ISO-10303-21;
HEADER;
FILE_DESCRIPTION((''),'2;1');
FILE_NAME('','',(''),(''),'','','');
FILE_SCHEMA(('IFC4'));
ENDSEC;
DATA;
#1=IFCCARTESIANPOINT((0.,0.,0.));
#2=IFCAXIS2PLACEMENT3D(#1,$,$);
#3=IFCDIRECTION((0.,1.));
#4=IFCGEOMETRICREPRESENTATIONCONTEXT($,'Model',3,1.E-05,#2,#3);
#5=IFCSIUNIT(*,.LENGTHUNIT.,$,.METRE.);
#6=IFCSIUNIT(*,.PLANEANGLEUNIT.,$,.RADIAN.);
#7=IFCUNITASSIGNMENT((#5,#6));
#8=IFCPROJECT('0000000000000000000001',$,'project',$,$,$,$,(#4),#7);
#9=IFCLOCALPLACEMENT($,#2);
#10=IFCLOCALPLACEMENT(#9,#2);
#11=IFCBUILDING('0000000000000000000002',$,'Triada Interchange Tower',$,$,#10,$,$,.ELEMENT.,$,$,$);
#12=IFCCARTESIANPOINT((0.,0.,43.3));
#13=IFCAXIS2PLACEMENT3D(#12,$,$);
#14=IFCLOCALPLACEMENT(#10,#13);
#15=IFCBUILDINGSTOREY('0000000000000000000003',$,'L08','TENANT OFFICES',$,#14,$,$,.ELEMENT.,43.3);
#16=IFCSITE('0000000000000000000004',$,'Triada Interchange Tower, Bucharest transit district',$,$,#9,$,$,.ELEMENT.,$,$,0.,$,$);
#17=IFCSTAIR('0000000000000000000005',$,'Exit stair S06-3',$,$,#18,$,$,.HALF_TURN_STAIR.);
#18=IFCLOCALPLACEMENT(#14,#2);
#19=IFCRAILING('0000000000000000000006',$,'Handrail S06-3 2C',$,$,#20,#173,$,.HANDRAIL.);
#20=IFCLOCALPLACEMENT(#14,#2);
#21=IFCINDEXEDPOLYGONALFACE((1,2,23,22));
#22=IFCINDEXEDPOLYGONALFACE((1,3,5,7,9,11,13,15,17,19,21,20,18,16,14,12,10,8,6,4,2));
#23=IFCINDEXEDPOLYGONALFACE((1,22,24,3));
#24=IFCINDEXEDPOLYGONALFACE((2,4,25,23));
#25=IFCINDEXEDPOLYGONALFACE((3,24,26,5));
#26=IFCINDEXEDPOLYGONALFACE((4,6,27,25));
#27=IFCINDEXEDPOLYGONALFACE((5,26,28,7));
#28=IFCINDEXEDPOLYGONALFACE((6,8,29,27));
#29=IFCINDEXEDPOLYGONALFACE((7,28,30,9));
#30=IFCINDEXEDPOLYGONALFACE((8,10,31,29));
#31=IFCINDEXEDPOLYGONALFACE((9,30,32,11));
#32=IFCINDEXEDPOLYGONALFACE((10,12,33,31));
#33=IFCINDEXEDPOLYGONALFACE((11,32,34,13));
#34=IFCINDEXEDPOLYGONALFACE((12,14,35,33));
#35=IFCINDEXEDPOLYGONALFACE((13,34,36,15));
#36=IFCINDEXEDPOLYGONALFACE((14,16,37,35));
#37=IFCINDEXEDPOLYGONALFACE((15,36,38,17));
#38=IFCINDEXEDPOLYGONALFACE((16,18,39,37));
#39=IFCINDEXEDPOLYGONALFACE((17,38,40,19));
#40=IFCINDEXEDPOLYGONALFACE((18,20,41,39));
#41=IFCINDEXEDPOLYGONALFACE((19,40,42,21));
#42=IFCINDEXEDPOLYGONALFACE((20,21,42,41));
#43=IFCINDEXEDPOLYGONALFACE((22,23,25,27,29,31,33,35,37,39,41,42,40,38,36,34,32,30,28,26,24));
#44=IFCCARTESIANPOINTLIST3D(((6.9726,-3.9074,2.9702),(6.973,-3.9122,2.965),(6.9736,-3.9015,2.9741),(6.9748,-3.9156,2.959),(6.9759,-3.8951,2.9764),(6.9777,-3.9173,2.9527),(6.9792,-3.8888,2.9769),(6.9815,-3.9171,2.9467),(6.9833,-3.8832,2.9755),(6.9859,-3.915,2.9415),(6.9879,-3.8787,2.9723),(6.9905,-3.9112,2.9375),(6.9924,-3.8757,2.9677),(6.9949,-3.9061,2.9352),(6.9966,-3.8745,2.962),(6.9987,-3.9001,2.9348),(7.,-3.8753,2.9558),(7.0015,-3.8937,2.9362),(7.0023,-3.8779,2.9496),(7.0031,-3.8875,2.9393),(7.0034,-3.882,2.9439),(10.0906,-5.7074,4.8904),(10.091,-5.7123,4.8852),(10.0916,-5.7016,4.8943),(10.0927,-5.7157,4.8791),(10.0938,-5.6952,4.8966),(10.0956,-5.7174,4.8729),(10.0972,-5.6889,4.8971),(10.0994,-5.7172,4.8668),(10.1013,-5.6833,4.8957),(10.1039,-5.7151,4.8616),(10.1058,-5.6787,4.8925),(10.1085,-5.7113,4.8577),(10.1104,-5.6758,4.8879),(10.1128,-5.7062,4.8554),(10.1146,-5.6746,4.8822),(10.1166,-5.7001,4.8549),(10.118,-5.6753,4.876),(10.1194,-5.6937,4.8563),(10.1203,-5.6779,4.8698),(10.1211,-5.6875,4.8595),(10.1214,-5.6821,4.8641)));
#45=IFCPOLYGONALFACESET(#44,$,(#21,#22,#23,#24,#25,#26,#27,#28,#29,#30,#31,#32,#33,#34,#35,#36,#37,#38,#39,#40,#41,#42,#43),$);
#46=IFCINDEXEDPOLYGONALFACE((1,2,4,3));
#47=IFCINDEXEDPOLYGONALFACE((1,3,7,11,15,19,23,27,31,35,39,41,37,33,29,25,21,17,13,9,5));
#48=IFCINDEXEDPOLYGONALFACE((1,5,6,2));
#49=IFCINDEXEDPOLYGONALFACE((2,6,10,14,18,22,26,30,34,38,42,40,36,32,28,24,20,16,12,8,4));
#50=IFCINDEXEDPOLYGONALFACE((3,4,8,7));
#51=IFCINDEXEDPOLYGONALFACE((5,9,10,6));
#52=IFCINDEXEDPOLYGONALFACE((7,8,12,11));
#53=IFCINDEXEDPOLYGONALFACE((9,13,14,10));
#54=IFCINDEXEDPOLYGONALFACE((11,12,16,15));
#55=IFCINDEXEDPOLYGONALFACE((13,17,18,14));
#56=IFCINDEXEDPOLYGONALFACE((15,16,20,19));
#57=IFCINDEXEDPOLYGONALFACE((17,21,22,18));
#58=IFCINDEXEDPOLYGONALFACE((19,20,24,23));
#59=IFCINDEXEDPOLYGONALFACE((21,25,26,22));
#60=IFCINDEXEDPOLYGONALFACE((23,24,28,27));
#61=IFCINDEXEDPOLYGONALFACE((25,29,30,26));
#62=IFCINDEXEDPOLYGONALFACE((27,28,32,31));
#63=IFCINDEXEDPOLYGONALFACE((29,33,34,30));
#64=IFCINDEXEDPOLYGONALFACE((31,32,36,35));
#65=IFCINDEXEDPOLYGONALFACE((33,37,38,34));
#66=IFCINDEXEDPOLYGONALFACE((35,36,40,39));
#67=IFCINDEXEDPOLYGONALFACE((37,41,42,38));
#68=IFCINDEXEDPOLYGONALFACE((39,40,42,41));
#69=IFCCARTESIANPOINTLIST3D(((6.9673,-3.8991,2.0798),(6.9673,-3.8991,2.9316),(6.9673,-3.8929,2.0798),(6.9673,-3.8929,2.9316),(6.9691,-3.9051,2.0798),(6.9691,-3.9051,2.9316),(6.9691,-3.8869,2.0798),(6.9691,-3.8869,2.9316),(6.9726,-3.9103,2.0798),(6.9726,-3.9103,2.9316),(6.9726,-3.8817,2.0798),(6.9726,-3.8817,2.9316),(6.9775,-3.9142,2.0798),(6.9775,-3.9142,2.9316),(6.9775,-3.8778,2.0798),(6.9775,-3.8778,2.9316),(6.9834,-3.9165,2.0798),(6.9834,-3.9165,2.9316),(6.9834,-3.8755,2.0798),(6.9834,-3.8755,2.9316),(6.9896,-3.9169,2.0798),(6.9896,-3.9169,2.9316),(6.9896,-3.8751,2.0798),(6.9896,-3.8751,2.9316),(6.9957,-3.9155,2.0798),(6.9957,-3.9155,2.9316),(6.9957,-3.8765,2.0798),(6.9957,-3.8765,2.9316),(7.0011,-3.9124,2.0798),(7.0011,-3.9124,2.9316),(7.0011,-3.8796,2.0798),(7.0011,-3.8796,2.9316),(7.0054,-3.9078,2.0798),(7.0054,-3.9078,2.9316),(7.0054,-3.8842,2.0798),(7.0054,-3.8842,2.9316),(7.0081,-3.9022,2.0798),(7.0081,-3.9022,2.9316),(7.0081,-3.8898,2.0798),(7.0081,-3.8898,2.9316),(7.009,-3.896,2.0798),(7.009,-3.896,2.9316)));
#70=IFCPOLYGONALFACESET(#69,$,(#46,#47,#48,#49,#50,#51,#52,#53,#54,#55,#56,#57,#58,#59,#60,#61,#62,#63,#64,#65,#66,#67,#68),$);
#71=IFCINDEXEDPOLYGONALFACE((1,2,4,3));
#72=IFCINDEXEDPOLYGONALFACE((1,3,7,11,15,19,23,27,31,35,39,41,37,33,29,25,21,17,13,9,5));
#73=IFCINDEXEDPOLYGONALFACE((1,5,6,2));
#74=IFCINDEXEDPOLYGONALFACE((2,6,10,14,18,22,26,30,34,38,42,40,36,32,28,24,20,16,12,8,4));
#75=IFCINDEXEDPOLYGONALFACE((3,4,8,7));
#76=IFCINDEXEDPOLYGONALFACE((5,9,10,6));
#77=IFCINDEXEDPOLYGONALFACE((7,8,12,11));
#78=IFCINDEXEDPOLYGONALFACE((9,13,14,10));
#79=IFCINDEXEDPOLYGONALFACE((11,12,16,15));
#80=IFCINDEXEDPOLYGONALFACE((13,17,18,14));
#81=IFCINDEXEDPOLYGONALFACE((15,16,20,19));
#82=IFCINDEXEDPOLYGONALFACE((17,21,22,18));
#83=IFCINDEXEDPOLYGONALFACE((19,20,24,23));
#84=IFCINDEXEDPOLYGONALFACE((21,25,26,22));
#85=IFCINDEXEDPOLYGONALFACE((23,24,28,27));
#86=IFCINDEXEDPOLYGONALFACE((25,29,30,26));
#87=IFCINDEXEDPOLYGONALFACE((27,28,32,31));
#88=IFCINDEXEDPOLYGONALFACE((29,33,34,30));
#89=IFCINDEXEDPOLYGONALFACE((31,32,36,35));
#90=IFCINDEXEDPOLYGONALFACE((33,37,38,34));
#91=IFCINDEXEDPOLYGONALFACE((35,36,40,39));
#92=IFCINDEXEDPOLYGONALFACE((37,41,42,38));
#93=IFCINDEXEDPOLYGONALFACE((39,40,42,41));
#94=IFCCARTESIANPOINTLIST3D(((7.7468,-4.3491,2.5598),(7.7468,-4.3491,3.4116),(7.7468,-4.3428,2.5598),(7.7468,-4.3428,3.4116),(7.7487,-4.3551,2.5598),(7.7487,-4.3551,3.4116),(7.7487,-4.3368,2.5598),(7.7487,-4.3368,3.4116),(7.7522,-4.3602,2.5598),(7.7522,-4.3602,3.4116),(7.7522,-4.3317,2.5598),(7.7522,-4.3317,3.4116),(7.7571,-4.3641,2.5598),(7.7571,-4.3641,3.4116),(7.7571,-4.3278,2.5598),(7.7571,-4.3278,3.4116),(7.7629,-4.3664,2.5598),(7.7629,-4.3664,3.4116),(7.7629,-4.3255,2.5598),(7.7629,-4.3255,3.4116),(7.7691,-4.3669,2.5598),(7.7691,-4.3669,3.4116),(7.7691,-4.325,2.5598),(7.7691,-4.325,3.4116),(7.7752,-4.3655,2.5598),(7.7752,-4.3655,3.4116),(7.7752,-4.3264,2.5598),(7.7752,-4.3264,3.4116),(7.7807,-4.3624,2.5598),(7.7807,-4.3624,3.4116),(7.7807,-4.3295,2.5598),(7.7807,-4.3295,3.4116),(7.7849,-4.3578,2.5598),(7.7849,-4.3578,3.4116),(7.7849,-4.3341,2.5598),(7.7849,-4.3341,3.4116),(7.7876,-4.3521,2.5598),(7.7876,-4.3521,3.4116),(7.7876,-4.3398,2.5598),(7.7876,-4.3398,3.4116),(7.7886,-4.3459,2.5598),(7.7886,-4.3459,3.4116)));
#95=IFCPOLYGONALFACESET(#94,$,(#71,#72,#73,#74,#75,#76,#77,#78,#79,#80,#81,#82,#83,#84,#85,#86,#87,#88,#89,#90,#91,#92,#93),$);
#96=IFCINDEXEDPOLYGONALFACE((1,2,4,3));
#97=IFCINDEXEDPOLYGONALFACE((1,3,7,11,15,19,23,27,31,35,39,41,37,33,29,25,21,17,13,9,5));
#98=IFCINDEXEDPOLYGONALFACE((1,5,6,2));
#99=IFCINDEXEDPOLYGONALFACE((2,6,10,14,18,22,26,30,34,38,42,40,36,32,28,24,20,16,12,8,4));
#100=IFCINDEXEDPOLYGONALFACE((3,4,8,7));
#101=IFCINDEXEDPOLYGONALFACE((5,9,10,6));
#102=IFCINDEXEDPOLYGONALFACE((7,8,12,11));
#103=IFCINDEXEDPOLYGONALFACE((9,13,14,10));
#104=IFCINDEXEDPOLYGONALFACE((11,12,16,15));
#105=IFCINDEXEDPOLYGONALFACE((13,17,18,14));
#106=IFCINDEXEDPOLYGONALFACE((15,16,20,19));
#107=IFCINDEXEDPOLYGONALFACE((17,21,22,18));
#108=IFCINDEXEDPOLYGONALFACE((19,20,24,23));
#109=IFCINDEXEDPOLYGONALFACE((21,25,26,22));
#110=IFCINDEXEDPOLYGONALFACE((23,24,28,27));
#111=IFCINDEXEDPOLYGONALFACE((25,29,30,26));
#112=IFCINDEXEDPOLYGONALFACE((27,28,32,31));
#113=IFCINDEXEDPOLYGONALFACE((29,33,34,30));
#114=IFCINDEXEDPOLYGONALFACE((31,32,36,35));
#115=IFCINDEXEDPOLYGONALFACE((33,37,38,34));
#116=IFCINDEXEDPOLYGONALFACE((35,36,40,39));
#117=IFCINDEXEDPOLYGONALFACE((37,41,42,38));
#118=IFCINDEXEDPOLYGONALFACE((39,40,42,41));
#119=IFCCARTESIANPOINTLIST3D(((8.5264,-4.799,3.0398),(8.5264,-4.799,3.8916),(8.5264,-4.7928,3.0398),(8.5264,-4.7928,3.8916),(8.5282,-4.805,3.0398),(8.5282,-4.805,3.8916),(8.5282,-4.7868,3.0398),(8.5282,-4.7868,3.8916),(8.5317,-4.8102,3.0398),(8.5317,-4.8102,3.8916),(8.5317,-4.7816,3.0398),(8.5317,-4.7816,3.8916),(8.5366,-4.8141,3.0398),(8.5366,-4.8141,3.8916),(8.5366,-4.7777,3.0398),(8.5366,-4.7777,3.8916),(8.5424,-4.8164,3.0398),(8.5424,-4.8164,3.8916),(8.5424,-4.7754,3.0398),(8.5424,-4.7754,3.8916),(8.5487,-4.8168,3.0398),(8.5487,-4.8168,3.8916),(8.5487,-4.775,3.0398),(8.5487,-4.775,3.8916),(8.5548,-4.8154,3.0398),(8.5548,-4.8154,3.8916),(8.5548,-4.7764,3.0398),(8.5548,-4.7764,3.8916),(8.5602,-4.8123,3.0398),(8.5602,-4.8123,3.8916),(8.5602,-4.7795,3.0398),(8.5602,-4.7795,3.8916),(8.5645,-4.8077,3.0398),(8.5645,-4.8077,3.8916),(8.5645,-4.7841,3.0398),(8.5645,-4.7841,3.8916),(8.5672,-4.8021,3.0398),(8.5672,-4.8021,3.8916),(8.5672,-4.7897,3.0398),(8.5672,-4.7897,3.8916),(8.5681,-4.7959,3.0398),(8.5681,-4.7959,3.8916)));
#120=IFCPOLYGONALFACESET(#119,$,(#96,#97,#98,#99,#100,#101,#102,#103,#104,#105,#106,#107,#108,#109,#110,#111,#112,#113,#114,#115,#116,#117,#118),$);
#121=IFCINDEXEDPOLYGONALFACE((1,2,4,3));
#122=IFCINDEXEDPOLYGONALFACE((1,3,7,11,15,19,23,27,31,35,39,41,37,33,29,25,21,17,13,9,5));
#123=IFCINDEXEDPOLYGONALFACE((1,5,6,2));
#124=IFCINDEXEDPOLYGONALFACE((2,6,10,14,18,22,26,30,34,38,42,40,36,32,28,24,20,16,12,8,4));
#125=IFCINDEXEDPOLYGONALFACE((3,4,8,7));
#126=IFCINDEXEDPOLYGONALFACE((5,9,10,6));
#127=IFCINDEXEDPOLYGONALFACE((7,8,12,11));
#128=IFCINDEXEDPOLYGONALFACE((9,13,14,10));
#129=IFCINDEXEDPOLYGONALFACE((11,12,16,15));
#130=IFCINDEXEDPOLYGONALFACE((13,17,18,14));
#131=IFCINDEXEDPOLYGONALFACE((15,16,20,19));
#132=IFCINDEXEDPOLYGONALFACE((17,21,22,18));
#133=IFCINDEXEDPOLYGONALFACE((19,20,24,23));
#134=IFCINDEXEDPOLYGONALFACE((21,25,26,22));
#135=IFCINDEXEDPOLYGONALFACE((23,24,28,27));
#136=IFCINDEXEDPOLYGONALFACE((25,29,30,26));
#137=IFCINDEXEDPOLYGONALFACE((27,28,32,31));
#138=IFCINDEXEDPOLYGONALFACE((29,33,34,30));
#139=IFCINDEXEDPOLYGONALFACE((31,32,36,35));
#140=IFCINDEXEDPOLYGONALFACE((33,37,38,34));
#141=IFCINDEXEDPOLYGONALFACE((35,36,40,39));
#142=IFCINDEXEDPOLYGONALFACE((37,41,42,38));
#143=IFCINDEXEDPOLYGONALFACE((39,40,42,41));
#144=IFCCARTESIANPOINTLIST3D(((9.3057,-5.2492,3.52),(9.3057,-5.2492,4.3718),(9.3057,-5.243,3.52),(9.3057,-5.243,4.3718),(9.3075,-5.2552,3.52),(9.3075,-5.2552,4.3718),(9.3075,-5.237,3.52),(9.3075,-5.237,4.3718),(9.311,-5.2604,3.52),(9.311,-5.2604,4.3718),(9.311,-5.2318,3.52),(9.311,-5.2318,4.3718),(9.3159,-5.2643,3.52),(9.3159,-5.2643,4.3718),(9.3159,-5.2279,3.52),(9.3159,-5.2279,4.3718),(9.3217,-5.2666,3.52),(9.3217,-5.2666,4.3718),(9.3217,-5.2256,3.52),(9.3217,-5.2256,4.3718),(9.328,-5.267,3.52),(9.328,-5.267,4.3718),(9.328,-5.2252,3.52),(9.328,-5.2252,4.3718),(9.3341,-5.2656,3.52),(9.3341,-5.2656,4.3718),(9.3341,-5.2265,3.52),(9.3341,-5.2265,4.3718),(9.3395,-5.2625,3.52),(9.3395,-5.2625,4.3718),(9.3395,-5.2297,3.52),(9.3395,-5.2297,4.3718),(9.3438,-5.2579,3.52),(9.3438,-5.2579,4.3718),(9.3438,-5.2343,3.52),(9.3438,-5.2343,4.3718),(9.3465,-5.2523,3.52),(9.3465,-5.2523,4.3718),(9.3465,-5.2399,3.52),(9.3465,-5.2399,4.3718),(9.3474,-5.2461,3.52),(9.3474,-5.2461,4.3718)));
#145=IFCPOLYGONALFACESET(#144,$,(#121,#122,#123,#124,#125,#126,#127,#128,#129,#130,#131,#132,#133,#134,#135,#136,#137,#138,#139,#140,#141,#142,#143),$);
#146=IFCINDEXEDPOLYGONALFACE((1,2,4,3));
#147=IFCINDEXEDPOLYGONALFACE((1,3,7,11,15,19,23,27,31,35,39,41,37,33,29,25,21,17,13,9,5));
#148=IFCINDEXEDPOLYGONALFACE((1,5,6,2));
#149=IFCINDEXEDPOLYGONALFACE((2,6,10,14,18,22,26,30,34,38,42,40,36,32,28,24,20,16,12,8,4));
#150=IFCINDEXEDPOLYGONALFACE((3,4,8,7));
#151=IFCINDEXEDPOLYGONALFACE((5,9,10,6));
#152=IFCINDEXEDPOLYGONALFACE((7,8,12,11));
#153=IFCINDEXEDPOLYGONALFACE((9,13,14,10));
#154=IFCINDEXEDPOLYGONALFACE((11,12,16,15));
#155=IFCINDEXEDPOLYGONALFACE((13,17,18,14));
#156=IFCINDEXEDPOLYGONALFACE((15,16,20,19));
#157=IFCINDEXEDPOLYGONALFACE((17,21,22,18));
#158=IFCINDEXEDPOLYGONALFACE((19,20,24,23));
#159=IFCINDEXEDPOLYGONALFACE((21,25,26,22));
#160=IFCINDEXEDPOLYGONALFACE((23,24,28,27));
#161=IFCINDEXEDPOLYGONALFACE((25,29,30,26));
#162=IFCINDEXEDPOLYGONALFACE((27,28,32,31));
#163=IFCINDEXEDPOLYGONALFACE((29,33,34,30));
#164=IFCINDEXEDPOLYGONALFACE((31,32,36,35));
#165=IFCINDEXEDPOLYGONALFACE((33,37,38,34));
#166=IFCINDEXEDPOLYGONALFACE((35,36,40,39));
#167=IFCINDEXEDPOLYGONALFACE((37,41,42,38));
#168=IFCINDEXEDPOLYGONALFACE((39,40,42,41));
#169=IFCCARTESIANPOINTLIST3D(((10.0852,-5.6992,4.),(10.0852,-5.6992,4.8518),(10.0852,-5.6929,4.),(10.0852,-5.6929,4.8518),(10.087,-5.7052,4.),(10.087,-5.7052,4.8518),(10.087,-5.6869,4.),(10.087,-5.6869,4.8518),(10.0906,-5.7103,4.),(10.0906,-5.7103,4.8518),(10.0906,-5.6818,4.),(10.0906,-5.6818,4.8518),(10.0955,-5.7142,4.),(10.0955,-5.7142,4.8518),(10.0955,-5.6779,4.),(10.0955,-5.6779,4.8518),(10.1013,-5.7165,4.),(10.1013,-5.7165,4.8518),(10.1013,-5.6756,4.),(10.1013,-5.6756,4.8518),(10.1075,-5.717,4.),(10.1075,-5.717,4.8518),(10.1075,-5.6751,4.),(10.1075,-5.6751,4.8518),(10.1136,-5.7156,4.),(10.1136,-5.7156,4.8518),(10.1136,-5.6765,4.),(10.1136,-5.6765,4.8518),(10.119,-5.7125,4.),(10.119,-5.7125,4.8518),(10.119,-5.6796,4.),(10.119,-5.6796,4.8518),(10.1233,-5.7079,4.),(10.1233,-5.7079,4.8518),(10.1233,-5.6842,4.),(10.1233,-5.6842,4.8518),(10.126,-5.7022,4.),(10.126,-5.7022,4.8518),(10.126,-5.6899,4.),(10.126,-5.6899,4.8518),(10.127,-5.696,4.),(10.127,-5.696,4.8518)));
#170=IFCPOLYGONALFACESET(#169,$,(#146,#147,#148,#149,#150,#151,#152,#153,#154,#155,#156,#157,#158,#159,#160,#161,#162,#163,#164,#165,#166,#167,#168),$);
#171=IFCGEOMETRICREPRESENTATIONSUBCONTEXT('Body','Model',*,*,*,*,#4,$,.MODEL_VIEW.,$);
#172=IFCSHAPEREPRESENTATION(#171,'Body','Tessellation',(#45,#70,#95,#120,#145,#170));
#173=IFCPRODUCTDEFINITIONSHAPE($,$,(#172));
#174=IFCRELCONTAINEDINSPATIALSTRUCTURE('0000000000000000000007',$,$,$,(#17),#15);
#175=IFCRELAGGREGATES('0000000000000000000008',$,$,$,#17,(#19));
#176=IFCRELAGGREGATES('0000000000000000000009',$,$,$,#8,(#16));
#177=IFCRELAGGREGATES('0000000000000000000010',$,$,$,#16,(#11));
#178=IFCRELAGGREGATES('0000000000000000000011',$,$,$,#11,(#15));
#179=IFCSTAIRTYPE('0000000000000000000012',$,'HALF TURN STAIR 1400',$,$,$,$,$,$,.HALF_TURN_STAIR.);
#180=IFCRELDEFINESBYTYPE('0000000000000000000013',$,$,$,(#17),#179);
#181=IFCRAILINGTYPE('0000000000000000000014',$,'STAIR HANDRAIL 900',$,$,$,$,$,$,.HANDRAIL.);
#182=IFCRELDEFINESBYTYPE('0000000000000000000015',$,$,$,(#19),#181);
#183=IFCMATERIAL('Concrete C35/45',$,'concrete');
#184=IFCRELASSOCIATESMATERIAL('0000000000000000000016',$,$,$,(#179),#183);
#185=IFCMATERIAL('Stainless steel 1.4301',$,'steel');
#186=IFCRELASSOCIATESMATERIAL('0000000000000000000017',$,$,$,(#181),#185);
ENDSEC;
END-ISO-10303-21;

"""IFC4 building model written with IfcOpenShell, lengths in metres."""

from ifc_helpers import new_model, si_unit, direction, frame, origin, origin_2d, place, context, subcontext, project, spatial, circle, extrude, material, type_object, element, aggregate, save


model = new_model("IFC4")

# Units and contexts
model_context = context("Model", 3, precision=1e-05, world=origin(), true_north=direction((0.0, 1.0)))
body_context = subcontext(model_context, "Body", "Model", "MODEL_VIEW")
ifc_project = project(units=[si_unit("LENGTHUNIT", "METRE"), si_unit("PLANEANGLEUNIT", "RADIAN")], contexts=[model_context])

# Site, building, storey
site_placement = place(None, origin())
site = spatial("IfcSite", under=ifc_project, at=site_placement, Name="Triada Interchange Tower, Bucharest transit district", CompositionType="ELEMENT", RefElevation=0.0)
building_placement = place(site_placement, origin())
building = spatial("IfcBuilding", under=site, at=building_placement, Name="Triada Interchange Tower", CompositionType="ELEMENT")
storey_placement = place(building_placement, frame((0.0, 0.0, 43.3)))
storey = spatial("IfcBuildingStorey", under=building, at=storey_placement, Name="L08", Description="TENANT OFFICES", CompositionType="ELEMENT", Elevation=43.3)

# Stair, railing
ifc_material_1 = material(Name="Concrete C35/45", Category="concrete")
stair_type = type_object("IfcStairType", Name="HALF TURN STAIR 1400", PredefinedType="HALF_TURN_STAIR", material=ifc_material_1)
stair_placement = place(storey_placement, origin())
stair = element("IfcStair", 1, at=stair_placement, inside=storey, type_object=stair_type, Name="Exit stair S06-3", PredefinedType="HALF_TURN_STAIR")
ifc_material_2 = material(Name="Stainless steel 1.4301", Category="steel")
railing_type = type_object("IfcRailingType", Name="STAIR HANDRAIL 900", PredefinedType="HANDRAIL", material=ifc_material_2)
railing_1_placement = place(storey_placement, frame((6.988, -3.896, 2.0798)))
railing_1 = element("IfcRailing", 2, at=railing_1_placement, type_object=railing_type, Name="Handrail S06-3 2C", PredefinedType="HANDRAIL", context=body_context, shape_type="SweptSolid", body=[
    extrude(circle(Radius=0.0239, at=origin_2d()), frame((0.0, 0.0, 0.876), z_axis=(0.764145, -0.441159, 0.470597), x_axis=(0.499983, 0.866035, 0.0)), (0.0, 0.0, 1.0), 4.0803),
    extrude(circle(Radius=0.021, at=origin_2d()), origin(), (0.0, 0.0, 1.0), 0.8518),
    extrude(circle(Radius=0.021, at=origin_2d()), frame((0.7795, -0.45, 0.48)), (0.0, 0.0, 1.0), 0.8518),
    extrude(circle(Radius=0.021, at=origin_2d()), frame((1.5591, -0.8999, 0.96)), (0.0, 0.0, 1.0), 0.8518),
    extrude(circle(Radius=0.021, at=origin_2d()), frame((2.3384, -1.3501, 1.4402)), (0.0, 0.0, 1.0), 0.8518),
    extrude(circle(Radius=0.021, at=origin_2d()), frame((3.1179, -1.8, 1.9202)), (0.0, 0.0, 1.0), 0.8518),
])
aggregate(stair, [railing_1])

save(model, "model.ifc")
